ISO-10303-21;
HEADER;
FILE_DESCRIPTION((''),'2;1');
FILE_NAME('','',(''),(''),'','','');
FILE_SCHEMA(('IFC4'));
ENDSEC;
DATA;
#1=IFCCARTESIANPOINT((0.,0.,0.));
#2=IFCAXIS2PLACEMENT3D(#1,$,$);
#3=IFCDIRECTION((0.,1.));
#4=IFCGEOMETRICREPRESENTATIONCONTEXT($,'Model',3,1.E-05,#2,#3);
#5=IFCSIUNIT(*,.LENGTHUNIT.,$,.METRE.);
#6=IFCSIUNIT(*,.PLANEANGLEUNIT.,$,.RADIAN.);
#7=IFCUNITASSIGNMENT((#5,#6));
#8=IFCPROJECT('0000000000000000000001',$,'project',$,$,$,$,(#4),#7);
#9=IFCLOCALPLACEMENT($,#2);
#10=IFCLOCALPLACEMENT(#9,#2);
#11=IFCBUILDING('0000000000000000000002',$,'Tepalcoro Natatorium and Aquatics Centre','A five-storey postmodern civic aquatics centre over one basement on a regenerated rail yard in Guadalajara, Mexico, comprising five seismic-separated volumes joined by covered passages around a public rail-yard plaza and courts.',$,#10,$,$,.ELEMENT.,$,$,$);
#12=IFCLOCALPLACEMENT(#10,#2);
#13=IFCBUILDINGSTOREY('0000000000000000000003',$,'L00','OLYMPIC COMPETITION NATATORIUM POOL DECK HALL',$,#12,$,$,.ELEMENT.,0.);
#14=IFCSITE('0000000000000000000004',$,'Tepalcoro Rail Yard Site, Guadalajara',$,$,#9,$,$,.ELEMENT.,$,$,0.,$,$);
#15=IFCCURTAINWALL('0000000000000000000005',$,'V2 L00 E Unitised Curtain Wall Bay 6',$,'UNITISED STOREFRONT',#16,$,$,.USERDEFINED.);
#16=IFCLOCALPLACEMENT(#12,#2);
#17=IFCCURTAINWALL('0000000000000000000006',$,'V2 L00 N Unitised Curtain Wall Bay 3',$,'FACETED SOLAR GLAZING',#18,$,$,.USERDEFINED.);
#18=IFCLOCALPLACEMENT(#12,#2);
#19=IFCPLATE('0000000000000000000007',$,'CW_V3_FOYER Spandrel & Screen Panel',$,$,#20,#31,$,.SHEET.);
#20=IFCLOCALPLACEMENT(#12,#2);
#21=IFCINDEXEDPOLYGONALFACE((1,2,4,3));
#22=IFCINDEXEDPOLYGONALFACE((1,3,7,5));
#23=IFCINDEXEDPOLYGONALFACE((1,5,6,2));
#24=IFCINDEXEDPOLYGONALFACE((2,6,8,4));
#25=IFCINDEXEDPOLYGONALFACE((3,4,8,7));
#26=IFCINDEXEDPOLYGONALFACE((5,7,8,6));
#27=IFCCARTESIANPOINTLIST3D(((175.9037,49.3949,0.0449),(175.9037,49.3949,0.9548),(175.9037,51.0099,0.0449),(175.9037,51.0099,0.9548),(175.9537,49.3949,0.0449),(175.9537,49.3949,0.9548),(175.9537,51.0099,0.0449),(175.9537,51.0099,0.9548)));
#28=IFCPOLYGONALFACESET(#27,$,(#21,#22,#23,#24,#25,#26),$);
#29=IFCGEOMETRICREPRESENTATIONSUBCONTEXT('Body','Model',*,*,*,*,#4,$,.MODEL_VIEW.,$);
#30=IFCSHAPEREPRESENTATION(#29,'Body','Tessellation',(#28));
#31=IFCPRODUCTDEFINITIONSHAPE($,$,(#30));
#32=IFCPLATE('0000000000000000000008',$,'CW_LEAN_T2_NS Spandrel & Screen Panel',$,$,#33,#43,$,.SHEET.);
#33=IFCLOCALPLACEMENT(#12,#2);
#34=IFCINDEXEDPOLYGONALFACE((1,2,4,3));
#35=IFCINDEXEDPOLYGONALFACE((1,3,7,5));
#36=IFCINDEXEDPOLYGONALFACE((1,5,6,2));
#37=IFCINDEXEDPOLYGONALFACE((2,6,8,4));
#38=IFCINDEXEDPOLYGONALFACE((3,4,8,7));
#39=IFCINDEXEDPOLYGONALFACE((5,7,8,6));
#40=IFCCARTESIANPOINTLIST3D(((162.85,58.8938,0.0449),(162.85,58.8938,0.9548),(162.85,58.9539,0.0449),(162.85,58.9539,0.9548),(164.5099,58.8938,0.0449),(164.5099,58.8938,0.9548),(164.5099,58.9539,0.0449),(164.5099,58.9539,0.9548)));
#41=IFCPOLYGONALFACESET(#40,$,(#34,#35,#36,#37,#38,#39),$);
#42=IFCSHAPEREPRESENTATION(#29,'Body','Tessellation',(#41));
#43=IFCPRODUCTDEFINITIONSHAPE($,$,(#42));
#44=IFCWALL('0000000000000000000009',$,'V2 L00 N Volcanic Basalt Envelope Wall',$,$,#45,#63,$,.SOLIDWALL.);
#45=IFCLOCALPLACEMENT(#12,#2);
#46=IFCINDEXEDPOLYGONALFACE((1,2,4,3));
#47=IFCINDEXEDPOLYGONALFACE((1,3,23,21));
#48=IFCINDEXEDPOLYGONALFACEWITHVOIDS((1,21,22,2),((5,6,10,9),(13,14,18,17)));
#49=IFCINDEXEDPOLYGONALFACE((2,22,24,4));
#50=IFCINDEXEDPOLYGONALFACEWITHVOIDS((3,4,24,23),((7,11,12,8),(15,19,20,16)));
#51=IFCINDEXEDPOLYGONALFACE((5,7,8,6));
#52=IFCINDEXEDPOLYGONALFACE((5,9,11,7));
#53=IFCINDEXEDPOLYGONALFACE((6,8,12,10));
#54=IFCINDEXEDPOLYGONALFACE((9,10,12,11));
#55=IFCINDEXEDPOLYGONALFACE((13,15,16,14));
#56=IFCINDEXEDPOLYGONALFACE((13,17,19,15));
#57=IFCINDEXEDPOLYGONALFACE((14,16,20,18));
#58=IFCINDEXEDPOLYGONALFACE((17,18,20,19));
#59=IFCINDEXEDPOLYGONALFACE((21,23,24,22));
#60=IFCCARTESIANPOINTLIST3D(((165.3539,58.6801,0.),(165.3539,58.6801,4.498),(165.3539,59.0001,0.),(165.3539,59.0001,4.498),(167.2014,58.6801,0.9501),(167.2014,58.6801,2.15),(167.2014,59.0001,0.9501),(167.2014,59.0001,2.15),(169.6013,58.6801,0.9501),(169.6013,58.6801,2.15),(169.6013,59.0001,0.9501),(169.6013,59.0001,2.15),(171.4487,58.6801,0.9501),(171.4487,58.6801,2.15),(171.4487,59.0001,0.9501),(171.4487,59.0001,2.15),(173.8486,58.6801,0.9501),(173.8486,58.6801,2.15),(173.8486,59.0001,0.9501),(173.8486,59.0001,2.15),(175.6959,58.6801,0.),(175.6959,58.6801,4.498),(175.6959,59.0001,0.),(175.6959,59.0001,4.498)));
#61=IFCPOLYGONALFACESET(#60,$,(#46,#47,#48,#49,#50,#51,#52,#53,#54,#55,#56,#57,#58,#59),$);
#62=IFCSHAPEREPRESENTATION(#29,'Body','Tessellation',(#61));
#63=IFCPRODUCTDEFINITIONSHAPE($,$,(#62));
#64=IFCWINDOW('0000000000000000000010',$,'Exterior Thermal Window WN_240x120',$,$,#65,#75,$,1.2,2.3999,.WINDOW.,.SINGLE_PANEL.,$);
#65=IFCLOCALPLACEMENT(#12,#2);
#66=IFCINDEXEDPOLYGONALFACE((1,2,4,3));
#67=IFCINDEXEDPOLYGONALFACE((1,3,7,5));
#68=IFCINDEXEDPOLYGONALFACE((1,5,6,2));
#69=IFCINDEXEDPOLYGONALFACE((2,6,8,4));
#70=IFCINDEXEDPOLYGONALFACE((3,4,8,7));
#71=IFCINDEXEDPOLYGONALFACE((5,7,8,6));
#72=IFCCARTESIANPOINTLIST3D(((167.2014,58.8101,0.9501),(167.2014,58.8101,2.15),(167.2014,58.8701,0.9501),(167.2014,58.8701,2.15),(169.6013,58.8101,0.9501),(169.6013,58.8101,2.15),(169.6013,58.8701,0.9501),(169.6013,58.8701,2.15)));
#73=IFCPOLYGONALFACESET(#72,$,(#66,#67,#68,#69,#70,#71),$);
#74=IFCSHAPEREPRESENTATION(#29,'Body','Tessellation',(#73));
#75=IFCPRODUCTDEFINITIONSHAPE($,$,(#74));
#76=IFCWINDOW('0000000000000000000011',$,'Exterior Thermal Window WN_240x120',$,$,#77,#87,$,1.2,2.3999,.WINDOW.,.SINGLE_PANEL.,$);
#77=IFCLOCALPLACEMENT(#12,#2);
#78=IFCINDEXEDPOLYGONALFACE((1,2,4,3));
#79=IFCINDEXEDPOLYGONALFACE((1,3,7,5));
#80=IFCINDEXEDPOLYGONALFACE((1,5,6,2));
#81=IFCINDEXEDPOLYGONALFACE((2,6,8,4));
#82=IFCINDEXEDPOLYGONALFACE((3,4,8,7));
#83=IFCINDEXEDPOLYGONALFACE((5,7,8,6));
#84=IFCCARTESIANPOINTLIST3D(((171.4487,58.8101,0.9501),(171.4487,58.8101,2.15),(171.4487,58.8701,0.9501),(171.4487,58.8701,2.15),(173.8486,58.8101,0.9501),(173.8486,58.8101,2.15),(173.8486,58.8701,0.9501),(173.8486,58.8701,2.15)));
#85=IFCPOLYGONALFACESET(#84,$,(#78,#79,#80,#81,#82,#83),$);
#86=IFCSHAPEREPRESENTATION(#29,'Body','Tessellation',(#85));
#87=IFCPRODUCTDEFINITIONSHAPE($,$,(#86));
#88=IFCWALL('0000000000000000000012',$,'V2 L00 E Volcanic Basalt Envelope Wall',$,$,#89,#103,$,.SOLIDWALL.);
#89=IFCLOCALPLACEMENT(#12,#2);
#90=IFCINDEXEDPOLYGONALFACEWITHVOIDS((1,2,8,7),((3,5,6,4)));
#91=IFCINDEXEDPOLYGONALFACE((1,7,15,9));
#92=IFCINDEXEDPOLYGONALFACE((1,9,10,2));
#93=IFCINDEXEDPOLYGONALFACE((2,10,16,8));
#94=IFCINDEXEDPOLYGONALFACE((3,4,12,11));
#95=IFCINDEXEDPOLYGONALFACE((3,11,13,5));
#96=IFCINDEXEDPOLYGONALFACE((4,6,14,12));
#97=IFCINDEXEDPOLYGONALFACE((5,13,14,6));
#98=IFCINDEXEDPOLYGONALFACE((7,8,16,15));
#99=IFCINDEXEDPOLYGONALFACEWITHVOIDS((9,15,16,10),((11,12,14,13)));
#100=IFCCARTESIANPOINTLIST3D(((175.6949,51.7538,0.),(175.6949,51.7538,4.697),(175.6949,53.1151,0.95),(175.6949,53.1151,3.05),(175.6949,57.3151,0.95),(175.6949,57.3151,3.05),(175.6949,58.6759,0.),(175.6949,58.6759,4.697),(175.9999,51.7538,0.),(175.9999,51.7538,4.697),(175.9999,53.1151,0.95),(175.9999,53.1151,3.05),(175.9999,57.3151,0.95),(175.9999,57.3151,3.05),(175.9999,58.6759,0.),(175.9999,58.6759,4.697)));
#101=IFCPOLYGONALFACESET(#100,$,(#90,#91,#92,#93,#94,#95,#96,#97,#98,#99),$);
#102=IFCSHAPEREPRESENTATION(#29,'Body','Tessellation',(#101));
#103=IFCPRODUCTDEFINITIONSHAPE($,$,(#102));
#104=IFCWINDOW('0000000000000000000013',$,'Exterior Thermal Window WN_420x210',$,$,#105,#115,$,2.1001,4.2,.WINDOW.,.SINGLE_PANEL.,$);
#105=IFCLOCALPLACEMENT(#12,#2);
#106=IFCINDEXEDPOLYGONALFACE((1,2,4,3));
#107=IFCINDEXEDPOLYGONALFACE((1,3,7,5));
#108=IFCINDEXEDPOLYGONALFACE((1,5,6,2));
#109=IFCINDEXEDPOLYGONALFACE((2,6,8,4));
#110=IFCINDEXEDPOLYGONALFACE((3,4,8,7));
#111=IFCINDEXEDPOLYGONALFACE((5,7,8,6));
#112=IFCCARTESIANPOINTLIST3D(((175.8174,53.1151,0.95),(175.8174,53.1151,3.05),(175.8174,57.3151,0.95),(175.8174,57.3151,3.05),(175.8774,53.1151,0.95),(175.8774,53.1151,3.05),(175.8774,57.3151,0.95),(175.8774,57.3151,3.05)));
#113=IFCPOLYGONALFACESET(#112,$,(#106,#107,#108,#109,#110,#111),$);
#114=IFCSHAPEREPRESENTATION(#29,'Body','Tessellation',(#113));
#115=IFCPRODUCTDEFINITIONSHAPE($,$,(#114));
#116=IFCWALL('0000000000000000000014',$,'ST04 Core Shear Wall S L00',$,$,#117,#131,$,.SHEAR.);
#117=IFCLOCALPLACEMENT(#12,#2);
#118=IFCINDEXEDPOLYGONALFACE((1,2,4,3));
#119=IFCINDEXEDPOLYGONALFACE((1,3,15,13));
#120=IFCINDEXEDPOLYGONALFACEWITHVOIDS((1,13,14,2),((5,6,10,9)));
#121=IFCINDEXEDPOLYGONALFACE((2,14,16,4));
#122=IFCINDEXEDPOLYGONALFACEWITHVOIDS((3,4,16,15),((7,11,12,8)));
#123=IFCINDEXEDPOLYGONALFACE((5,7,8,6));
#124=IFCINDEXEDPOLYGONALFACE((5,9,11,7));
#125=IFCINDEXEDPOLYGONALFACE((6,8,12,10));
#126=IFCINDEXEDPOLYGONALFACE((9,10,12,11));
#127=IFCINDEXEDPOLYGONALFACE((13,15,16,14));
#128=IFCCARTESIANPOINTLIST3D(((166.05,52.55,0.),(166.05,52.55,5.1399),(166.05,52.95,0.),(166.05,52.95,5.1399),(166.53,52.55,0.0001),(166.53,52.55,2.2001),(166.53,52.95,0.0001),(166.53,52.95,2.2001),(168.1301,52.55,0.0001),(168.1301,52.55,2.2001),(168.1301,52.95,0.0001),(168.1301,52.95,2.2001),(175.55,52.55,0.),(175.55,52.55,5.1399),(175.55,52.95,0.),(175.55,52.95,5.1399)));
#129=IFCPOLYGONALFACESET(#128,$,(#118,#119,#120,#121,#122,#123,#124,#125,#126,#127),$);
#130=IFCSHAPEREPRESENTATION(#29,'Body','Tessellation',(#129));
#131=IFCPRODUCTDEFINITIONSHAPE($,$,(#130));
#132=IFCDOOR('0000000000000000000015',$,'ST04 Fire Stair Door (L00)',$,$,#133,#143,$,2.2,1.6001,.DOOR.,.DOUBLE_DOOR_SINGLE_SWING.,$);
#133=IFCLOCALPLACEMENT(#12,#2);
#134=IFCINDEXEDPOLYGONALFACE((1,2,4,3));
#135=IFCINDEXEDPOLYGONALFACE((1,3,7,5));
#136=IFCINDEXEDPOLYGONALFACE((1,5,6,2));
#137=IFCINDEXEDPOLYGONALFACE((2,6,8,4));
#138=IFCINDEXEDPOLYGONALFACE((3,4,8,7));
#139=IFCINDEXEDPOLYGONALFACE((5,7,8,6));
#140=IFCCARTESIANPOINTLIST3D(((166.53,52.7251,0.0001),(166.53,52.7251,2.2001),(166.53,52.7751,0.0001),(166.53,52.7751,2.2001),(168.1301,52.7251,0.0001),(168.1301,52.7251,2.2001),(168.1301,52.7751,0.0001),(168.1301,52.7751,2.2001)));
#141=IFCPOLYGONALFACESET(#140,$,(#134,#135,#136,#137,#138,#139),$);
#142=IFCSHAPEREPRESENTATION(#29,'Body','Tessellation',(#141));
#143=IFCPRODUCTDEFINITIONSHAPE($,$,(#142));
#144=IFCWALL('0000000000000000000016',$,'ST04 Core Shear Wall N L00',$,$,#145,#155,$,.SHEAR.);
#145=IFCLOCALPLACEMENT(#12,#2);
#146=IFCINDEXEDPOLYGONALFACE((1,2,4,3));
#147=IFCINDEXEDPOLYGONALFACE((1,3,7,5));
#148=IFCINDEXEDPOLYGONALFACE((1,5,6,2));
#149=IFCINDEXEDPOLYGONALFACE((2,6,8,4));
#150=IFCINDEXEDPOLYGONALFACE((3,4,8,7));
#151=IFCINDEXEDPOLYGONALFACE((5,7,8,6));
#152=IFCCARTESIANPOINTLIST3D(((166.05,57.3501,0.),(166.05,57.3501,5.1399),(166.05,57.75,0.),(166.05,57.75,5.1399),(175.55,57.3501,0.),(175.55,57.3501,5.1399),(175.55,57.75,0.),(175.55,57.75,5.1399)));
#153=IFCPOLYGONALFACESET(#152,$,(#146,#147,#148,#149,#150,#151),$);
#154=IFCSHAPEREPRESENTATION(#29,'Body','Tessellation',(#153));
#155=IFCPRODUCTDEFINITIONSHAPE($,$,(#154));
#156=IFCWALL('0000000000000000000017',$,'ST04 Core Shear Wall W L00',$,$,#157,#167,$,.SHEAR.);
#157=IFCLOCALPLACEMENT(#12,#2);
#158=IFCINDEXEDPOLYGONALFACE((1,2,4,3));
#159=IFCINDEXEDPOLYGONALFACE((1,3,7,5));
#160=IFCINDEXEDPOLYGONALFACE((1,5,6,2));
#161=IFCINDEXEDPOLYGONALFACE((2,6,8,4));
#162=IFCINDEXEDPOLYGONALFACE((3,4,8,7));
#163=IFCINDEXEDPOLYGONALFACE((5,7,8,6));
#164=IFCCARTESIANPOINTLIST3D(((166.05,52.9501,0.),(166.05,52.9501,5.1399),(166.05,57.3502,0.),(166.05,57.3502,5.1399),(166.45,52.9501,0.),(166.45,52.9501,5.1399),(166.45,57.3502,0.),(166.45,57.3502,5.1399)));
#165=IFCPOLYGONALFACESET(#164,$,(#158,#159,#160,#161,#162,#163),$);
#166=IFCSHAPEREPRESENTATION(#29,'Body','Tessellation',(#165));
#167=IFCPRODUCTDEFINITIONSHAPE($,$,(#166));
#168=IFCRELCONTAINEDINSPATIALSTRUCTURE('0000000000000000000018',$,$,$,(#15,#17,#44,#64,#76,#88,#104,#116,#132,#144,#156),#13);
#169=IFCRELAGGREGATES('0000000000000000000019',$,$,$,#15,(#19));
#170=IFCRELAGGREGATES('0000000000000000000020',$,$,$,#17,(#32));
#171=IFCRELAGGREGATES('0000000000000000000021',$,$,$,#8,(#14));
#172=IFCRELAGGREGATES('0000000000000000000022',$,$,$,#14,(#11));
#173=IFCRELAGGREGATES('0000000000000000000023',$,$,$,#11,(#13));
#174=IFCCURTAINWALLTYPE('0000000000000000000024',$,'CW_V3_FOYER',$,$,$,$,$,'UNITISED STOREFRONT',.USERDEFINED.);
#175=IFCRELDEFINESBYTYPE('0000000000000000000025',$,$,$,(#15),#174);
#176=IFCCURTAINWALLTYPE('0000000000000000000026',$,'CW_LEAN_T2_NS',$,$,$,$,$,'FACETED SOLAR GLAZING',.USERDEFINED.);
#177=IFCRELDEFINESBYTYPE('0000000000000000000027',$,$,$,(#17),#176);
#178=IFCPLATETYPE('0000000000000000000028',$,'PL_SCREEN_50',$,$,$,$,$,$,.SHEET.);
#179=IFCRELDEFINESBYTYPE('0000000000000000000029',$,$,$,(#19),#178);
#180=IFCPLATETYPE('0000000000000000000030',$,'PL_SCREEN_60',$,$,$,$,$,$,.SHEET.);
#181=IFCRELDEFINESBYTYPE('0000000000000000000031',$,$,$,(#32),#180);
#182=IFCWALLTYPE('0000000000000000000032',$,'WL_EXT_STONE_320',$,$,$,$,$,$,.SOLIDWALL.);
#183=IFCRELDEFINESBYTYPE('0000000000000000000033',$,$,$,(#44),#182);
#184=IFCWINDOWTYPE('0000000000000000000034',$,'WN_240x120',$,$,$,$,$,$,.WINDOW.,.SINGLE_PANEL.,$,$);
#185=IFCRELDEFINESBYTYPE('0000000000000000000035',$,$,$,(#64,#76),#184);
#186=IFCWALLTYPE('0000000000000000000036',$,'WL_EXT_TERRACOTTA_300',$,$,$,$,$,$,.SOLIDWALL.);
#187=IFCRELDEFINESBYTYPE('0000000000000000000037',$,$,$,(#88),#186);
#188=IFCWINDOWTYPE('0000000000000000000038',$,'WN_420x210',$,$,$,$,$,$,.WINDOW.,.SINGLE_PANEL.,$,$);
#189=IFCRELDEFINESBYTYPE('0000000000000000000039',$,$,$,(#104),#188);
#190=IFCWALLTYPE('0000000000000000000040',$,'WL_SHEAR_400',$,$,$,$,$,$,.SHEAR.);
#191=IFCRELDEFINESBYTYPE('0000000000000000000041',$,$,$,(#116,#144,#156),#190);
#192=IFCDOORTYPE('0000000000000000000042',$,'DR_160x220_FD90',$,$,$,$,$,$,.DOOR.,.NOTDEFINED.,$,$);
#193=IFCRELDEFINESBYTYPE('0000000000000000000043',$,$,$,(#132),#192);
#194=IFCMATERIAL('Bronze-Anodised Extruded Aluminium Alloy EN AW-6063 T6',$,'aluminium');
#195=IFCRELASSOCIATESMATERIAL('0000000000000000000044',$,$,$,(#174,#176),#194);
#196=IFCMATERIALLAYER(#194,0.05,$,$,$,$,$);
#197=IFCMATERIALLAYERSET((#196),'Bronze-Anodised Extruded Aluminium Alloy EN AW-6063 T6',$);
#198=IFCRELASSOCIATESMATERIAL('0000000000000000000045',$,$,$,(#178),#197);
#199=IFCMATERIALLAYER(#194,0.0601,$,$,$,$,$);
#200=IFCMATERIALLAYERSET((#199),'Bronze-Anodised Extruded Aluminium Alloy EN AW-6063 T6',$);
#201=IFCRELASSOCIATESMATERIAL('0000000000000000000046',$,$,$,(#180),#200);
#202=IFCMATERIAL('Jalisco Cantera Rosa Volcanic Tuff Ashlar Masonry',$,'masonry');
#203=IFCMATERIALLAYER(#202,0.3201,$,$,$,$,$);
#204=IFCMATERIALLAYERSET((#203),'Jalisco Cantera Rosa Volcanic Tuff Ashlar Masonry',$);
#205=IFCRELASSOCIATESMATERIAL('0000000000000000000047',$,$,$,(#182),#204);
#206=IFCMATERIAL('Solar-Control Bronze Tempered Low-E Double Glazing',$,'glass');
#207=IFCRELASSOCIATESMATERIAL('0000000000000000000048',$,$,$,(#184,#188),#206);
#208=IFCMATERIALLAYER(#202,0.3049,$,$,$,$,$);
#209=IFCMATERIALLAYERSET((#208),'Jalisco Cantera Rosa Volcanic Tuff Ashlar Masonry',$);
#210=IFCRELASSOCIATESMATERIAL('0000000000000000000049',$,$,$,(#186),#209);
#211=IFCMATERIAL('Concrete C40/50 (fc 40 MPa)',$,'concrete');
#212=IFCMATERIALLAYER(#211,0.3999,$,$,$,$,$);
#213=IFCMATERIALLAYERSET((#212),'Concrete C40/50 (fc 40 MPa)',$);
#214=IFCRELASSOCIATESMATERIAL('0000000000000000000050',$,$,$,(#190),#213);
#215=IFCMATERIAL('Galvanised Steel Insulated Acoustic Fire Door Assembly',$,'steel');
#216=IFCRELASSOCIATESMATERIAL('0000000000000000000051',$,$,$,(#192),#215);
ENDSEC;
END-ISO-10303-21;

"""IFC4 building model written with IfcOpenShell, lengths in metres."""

from ifc_helpers import new_model, si_unit, direction, frame, frame_2d, origin, origin_2d, place, context, subcontext, project, spatial, rectangle, extrude, material, layer, layer_set, type_object, element, fill, aggregate, save


model = new_model("IFC4")

# Units and contexts
model_context = context("Model", 3, precision=1e-05, world=origin(), true_north=direction((0.0, 1.0)))
body_context = subcontext(model_context, "Body", "Model", "MODEL_VIEW")
ifc_project = project(units=[si_unit("LENGTHUNIT", "METRE"), si_unit("PLANEANGLEUNIT", "RADIAN")], contexts=[model_context])

# Site, building, storey
site_placement = place(None, origin())
site = spatial("IfcSite", under=ifc_project, at=site_placement, Name="Tepalcoro Rail Yard Site, Guadalajara", CompositionType="ELEMENT", RefElevation=0.0)
building_placement = place(site_placement, origin())
building = spatial("IfcBuilding", under=site, at=building_placement, Name="Tepalcoro Natatorium and Aquatics Centre", Description="A five-storey postmodern civic aquatics centre over one basement on a regenerated rail yard in Guadalajara, Mexico, comprising five seismic-separated volumes joined by covered passages around a public rail-yard plaza and courts.", CompositionType="ELEMENT")
storey_placement = place(building_placement, origin())
storey = spatial("IfcBuildingStorey", under=building, at=storey_placement, Name="L00", Description="OLYMPIC COMPETITION NATATORIUM POOL DECK HALL", CompositionType="ELEMENT", Elevation=0.0)

# Shared definitions
ifc_material_1 = material(Name="Concrete C40/50 (fc 40 MPa)", Category="concrete")

# Curtain wall
ifc_material_2 = material(Name="Bronze-Anodised Extruded Aluminium Alloy EN AW-6063 T6", Category="aluminium")
curtain_wall_type_1 = type_object("IfcCurtainWallType", Name="CW_V3_FOYER", ElementType="UNITISED STOREFRONT", PredefinedType="USERDEFINED", material=ifc_material_2)
curtain_wall_1_placement = place(storey_placement, origin())
curtain_wall_1 = element("IfcCurtainWall", 1, at=curtain_wall_1_placement, inside=storey, type_object=curtain_wall_type_1, Name="V2 L00 E Unitised Curtain Wall Bay 6", ObjectType="UNITISED STOREFRONT", PredefinedType="USERDEFINED")

# Curtain wall
curtain_wall_type_2 = type_object("IfcCurtainWallType", Name="CW_LEAN_T2_NS", ElementType="FACETED SOLAR GLAZING", PredefinedType="USERDEFINED", material=ifc_material_2)
curtain_wall_2_placement = place(storey_placement, origin())
curtain_wall_2 = element("IfcCurtainWall", 2, at=curtain_wall_2_placement, inside=storey, type_object=curtain_wall_type_2, Name="V2 L00 N Unitised Curtain Wall Bay 3", ObjectType="FACETED SOLAR GLAZING", PredefinedType="USERDEFINED")

# Plates
ifc_material_3 = material(Name="Solar-Control Bronze Tempered Low-E Double Glazing", Category="glass")
ifc_layer_1 = layer(ifc_material_2, 0.05)
ifc_layer_set_1 = layer_set([ifc_layer_1], Name="Bronze-Anodised Extruded Aluminium Alloy EN AW-6063 T6")
plate_type_1 = type_object("IfcPlateType", Name="PL_SCREEN_50", PredefinedType="SHEET", material=ifc_layer_set_1)
plate_1_placement = place(storey_placement, frame((175.9287, 50.2024, 0.0449), z_axis=(0.0, 0.0, 1.0), x_axis=(1.0, 0.0, 0.0)))
plate_1 = element("IfcPlate", 3, at=plate_1_placement, type_object=plate_type_1, Name="CW_V3_FOYER Spandrel & Screen Panel", PredefinedType="SHEET", context=body_context, shape_type="SweptSolid", body=[
    extrude(rectangle(XDim=0.05, YDim=1.615, at=origin_2d()), origin(), (0.0, 0.0, 1.0), 0.9099),
])
aggregate(curtain_wall_1, [plate_1])
ifc_layer_2 = layer(ifc_material_2, 0.0601)
ifc_layer_set_2 = layer_set([ifc_layer_2], Name="Bronze-Anodised Extruded Aluminium Alloy EN AW-6063 T6")
plate_type_2 = type_object("IfcPlateType", Name="PL_SCREEN_60", PredefinedType="SHEET", material=ifc_layer_set_2)
plate_2_placement = place(storey_placement, frame((163.6799, 58.9238, 0.0449), z_axis=(0.0, 0.0, 1.0), x_axis=(1.0, 0.0, 0.0)))
plate_2 = element("IfcPlate", 4, at=plate_2_placement, type_object=plate_type_2, Name="CW_LEAN_T2_NS Spandrel & Screen Panel", PredefinedType="SHEET", context=body_context, shape_type="SweptSolid", body=[
    extrude(rectangle(XDim=1.6599, YDim=0.0601, at=origin_2d()), origin(), (0.0, 0.0, 1.0), 0.9099),
])
aggregate(curtain_wall_2, [plate_2])

# Wall, openings, windows
ifc_material_4 = material(Name="Jalisco Cantera Rosa Volcanic Tuff Ashlar Masonry", Category="masonry")
ifc_layer_3 = layer(ifc_material_4, 0.3201)
ifc_layer_set_3 = layer_set([ifc_layer_3], Name="Jalisco Cantera Rosa Volcanic Tuff Ashlar Masonry")
wall_type_1 = type_object("IfcWallType", Name="WL_EXT_STONE_320", PredefinedType="SOLIDWALL", material=ifc_layer_set_3)
wall_1_placement = place(storey_placement, frame((165.354, 58.8401, 0.0), z_axis=(0.0, 0.0, 1.0), x_axis=(1.0, 0.0, 0.0)))
wall_1 = element("IfcWall", 5, at=wall_1_placement, inside=storey, type_object=wall_type_1, Name="V2 L00 N Volcanic Basalt Envelope Wall", PredefinedType="SOLIDWALL", context=body_context, shape_type="SweptSolid", body=[
    extrude(rectangle(XDim=10.342, YDim=0.3201, at=frame_2d((5.1709, 0.0))), origin(), (0.0, 0.0, 1.0), 4.498),
])
opening_1_placement = place(wall_1_placement, frame((1.8474, 0.0, 0.95)))
opening_1 = element("IfcOpeningElement", 6, at=opening_1_placement, cuts=wall_1, PredefinedType="OPENING", context=body_context, shape_type="SweptSolid", body=[
    extrude(rectangle(XDim=2.3999, YDim=1.2, at=frame_2d((1.2, 0.6001))), frame((0.0, 0.1719, 0.0), z_axis=(0.0, -1.0, 0.0), x_axis=(1.0, 0.0, 0.0)), (0.0, 0.0, 1.0), 0.344),
])
opening_2_placement = place(wall_1_placement, frame((6.0947, 0.0, 0.95)))
opening_2 = element("IfcOpeningElement", 7, at=opening_2_placement, cuts=wall_1, PredefinedType="OPENING", context=body_context, shape_type="SweptSolid", body=[
    extrude(rectangle(XDim=2.3999, YDim=1.2, at=frame_2d((1.2, 0.6001))), frame((0.0, 0.1719, 0.0), z_axis=(0.0, -1.0, 0.0), x_axis=(1.0, 0.0, 0.0)), (0.0, 0.0, 1.0), 0.344),
])
window_type_1 = type_object("IfcWindowType", Name="WN_240x120", PartitioningType="SINGLE_PANEL", PredefinedType="WINDOW", material=ifc_material_3)
window_1_placement = place(opening_1_placement, origin())
window_1 = element("IfcWindow", 8, at=window_1_placement, inside=storey, type_object=window_type_1, Name="Exterior Thermal Window WN_240x120", OverallHeight=1.2, OverallWidth=2.3999, PartitioningType="SINGLE_PANEL", PredefinedType="WINDOW", context=body_context, shape_type="SweptSolid", body=[
    extrude(rectangle(XDim=2.3999, YDim=1.2, at=frame_2d((1.2, 0.6001))), frame((0.0, 0.03, 0.0), z_axis=(0.0, -1.0, 0.0), x_axis=(1.0, 0.0, 0.0)), (0.0, 0.0, 1.0), 0.0601),
])
fill(opening_1, window_1)
window_2_placement = place(opening_2_placement, origin())
window_2 = element("IfcWindow", 9, at=window_2_placement, inside=storey, type_object=window_type_1, Name="Exterior Thermal Window WN_240x120", OverallHeight=1.2, OverallWidth=2.3999, PartitioningType="SINGLE_PANEL", PredefinedType="WINDOW", context=body_context, shape_type="SweptSolid", body=[
    extrude(rectangle(XDim=2.3999, YDim=1.2, at=frame_2d((1.2, 0.6001))), frame((0.0, 0.03, 0.0), z_axis=(0.0, -1.0, 0.0), x_axis=(1.0, 0.0, 0.0)), (0.0, 0.0, 1.0), 0.0601),
])
fill(opening_2, window_2)

# Wall, opening, window
ifc_layer_4 = layer(ifc_material_4, 0.3049)
ifc_layer_set_4 = layer_set([ifc_layer_4], Name="Jalisco Cantera Rosa Volcanic Tuff Ashlar Masonry")
wall_type_2 = type_object("IfcWallType", Name="WL_EXT_TERRACOTTA_300", PredefinedType="SOLIDWALL", material=ifc_layer_set_4)
wall_2_placement = place(storey_placement, frame((175.8474, 51.7539, 0.0), z_axis=(0.0, 0.0, 1.0), x_axis=(0.0, 1.0, 0.0)))
wall_2 = element("IfcWall", 10, at=wall_2_placement, inside=storey, type_object=wall_type_2, Name="V2 L00 E Volcanic Basalt Envelope Wall", PredefinedType="SOLIDWALL", context=body_context, shape_type="SweptSolid", body=[
    extrude(rectangle(XDim=6.9221, YDim=0.3049, at=frame_2d((3.4609, 0.0))), origin(), (0.0, 0.0, 1.0), 4.697),
])
opening_3_placement = place(wall_2_placement, frame((1.3611, 0.0, 0.95)))
opening_3 = element("IfcOpeningElement", 11, at=opening_3_placement, cuts=wall_2, PredefinedType="OPENING", context=body_context, shape_type="SweptSolid", body=[
    extrude(rectangle(XDim=4.2, YDim=2.1001, at=frame_2d((2.1001, 1.05))), frame((0.0, 0.1646, 0.0), z_axis=(0.0, -1.0, 0.0), x_axis=(1.0, 0.0, 0.0)), (0.0, 0.0, 1.0), 0.3289),
])
window_type_2 = type_object("IfcWindowType", Name="WN_420x210", PartitioningType="SINGLE_PANEL", PredefinedType="WINDOW", material=ifc_material_3)
window_3_placement = place(opening_3_placement, origin())
window_3 = element("IfcWindow", 12, at=window_3_placement, inside=storey, type_object=window_type_2, Name="Exterior Thermal Window WN_420x210", OverallHeight=2.1001, OverallWidth=4.2, PartitioningType="SINGLE_PANEL", PredefinedType="WINDOW", context=body_context, shape_type="SweptSolid", body=[
    extrude(rectangle(XDim=4.2, YDim=2.1001, at=frame_2d((2.1001, 1.05))), frame((0.0, 0.03, 0.0), z_axis=(0.0, -1.0, 0.0), x_axis=(1.0, 0.0, 0.0)), (0.0, 0.0, 1.0), 0.0601),
])
fill(opening_3, window_3)

# Wall, opening, door
ifc_layer_5 = layer(ifc_material_1, 0.3999)
ifc_layer_set_5 = layer_set([ifc_layer_5], Name="Concrete C40/50 (fc 40 MPa)")
wall_type_3 = type_object("IfcWallType", Name="WL_SHEAR_400", PredefinedType="SHEAR", material=ifc_layer_set_5)
wall_3_placement = place(storey_placement, frame((166.05, 52.75, 0.0), z_axis=(0.0, 0.0, 1.0), x_axis=(1.0, 0.0, 0.0)))
wall_3 = element("IfcWall", 13, at=wall_3_placement, inside=storey, type_object=wall_type_3, Name="ST04 Core Shear Wall S L00", PredefinedType="SHEAR", context=body_context, shape_type="SweptSolid", body=[
    extrude(rectangle(XDim=9.5, YDim=0.3999, at=frame_2d((4.75, 0.0))), origin(), (0.0, 0.0, 1.0), 5.1399),
])
opening_4_placement = place(wall_3_placement, frame((0.48, 0.0, 0.0)))
opening_4 = element("IfcOpeningElement", 14, at=opening_4_placement, cuts=wall_3, PredefinedType="OPENING", context=body_context, shape_type="SweptSolid", body=[
    extrude(rectangle(XDim=1.6001, YDim=2.2, at=frame_2d((0.8, 1.1001))), frame((0.0, 0.2119, 0.0), z_axis=(0.0, -1.0, 0.0), x_axis=(1.0, 0.0, 0.0)), (0.0, 0.0, 1.0), 0.4238),
])
ifc_material_5 = material(Name="Galvanised Steel Insulated Acoustic Fire Door Assembly", Category="steel")
door_type = type_object("IfcDoorType", Name="DR_160x220_FD90", OperationType="NOTDEFINED", PredefinedType="DOOR", material=ifc_material_5)
door_placement = place(opening_4_placement, frame((1.6001, 0.0, 0.0), z_axis=(0.0, 0.0, 1.0), x_axis=(-1.0, 0.0, 0.0)))
door = element("IfcDoor", 15, at=door_placement, inside=storey, type_object=door_type, Name="ST04 Fire Stair Door (L00)", OperationType="DOUBLE_DOOR_SINGLE_SWING", OverallHeight=2.2, OverallWidth=1.6001, PredefinedType="DOOR", context=body_context, shape_type="SweptSolid", body=[
    extrude(rectangle(XDim=1.6001, YDim=2.2, at=frame_2d((0.8, 1.1001))), frame((0.0, 0.0249, 0.0), z_axis=(0.0, -1.0, 0.0), x_axis=(1.0, 0.0, 0.0)), (0.0, 0.0, 1.0), 0.05),
])
fill(opening_4, door)

# Walls
wall_4_placement = place(storey_placement, frame((166.05, 57.55, 0.0), z_axis=(0.0, 0.0, 1.0), x_axis=(1.0, 0.0, 0.0)))
element("IfcWall", 16, at=wall_4_placement, inside=storey, type_object=wall_type_3, Name="ST04 Core Shear Wall N L00", PredefinedType="SHEAR", context=body_context, shape_type="SweptSolid", body=[
    extrude(rectangle(XDim=9.5, YDim=0.3999, at=frame_2d((4.75, 0.0))), origin(), (0.0, 0.0, 1.0), 5.1399),
])
for number, where, z_axis, x_axis, name in (
    (17, (166.25, 52.95, 0.0), (0.0, 0.0, 1.0), (0.0, 1.0, 0.0), "ST04 Core Shear Wall W L00"),
):
    element("IfcWall", number, at=place(storey_placement, frame(where, z_axis=z_axis, x_axis=x_axis)), inside=storey, type_object=wall_type_3, Name=name, PredefinedType="SHEAR", context=body_context, shape_type="SweptSolid", body=[
        extrude(rectangle(XDim=4.4001, YDim=0.3999, at=frame_2d((2.2002, 0.0))), origin(), (0.0, 0.0, 1.0), 5.1399),
    ])

save(model, "model.ifc")
